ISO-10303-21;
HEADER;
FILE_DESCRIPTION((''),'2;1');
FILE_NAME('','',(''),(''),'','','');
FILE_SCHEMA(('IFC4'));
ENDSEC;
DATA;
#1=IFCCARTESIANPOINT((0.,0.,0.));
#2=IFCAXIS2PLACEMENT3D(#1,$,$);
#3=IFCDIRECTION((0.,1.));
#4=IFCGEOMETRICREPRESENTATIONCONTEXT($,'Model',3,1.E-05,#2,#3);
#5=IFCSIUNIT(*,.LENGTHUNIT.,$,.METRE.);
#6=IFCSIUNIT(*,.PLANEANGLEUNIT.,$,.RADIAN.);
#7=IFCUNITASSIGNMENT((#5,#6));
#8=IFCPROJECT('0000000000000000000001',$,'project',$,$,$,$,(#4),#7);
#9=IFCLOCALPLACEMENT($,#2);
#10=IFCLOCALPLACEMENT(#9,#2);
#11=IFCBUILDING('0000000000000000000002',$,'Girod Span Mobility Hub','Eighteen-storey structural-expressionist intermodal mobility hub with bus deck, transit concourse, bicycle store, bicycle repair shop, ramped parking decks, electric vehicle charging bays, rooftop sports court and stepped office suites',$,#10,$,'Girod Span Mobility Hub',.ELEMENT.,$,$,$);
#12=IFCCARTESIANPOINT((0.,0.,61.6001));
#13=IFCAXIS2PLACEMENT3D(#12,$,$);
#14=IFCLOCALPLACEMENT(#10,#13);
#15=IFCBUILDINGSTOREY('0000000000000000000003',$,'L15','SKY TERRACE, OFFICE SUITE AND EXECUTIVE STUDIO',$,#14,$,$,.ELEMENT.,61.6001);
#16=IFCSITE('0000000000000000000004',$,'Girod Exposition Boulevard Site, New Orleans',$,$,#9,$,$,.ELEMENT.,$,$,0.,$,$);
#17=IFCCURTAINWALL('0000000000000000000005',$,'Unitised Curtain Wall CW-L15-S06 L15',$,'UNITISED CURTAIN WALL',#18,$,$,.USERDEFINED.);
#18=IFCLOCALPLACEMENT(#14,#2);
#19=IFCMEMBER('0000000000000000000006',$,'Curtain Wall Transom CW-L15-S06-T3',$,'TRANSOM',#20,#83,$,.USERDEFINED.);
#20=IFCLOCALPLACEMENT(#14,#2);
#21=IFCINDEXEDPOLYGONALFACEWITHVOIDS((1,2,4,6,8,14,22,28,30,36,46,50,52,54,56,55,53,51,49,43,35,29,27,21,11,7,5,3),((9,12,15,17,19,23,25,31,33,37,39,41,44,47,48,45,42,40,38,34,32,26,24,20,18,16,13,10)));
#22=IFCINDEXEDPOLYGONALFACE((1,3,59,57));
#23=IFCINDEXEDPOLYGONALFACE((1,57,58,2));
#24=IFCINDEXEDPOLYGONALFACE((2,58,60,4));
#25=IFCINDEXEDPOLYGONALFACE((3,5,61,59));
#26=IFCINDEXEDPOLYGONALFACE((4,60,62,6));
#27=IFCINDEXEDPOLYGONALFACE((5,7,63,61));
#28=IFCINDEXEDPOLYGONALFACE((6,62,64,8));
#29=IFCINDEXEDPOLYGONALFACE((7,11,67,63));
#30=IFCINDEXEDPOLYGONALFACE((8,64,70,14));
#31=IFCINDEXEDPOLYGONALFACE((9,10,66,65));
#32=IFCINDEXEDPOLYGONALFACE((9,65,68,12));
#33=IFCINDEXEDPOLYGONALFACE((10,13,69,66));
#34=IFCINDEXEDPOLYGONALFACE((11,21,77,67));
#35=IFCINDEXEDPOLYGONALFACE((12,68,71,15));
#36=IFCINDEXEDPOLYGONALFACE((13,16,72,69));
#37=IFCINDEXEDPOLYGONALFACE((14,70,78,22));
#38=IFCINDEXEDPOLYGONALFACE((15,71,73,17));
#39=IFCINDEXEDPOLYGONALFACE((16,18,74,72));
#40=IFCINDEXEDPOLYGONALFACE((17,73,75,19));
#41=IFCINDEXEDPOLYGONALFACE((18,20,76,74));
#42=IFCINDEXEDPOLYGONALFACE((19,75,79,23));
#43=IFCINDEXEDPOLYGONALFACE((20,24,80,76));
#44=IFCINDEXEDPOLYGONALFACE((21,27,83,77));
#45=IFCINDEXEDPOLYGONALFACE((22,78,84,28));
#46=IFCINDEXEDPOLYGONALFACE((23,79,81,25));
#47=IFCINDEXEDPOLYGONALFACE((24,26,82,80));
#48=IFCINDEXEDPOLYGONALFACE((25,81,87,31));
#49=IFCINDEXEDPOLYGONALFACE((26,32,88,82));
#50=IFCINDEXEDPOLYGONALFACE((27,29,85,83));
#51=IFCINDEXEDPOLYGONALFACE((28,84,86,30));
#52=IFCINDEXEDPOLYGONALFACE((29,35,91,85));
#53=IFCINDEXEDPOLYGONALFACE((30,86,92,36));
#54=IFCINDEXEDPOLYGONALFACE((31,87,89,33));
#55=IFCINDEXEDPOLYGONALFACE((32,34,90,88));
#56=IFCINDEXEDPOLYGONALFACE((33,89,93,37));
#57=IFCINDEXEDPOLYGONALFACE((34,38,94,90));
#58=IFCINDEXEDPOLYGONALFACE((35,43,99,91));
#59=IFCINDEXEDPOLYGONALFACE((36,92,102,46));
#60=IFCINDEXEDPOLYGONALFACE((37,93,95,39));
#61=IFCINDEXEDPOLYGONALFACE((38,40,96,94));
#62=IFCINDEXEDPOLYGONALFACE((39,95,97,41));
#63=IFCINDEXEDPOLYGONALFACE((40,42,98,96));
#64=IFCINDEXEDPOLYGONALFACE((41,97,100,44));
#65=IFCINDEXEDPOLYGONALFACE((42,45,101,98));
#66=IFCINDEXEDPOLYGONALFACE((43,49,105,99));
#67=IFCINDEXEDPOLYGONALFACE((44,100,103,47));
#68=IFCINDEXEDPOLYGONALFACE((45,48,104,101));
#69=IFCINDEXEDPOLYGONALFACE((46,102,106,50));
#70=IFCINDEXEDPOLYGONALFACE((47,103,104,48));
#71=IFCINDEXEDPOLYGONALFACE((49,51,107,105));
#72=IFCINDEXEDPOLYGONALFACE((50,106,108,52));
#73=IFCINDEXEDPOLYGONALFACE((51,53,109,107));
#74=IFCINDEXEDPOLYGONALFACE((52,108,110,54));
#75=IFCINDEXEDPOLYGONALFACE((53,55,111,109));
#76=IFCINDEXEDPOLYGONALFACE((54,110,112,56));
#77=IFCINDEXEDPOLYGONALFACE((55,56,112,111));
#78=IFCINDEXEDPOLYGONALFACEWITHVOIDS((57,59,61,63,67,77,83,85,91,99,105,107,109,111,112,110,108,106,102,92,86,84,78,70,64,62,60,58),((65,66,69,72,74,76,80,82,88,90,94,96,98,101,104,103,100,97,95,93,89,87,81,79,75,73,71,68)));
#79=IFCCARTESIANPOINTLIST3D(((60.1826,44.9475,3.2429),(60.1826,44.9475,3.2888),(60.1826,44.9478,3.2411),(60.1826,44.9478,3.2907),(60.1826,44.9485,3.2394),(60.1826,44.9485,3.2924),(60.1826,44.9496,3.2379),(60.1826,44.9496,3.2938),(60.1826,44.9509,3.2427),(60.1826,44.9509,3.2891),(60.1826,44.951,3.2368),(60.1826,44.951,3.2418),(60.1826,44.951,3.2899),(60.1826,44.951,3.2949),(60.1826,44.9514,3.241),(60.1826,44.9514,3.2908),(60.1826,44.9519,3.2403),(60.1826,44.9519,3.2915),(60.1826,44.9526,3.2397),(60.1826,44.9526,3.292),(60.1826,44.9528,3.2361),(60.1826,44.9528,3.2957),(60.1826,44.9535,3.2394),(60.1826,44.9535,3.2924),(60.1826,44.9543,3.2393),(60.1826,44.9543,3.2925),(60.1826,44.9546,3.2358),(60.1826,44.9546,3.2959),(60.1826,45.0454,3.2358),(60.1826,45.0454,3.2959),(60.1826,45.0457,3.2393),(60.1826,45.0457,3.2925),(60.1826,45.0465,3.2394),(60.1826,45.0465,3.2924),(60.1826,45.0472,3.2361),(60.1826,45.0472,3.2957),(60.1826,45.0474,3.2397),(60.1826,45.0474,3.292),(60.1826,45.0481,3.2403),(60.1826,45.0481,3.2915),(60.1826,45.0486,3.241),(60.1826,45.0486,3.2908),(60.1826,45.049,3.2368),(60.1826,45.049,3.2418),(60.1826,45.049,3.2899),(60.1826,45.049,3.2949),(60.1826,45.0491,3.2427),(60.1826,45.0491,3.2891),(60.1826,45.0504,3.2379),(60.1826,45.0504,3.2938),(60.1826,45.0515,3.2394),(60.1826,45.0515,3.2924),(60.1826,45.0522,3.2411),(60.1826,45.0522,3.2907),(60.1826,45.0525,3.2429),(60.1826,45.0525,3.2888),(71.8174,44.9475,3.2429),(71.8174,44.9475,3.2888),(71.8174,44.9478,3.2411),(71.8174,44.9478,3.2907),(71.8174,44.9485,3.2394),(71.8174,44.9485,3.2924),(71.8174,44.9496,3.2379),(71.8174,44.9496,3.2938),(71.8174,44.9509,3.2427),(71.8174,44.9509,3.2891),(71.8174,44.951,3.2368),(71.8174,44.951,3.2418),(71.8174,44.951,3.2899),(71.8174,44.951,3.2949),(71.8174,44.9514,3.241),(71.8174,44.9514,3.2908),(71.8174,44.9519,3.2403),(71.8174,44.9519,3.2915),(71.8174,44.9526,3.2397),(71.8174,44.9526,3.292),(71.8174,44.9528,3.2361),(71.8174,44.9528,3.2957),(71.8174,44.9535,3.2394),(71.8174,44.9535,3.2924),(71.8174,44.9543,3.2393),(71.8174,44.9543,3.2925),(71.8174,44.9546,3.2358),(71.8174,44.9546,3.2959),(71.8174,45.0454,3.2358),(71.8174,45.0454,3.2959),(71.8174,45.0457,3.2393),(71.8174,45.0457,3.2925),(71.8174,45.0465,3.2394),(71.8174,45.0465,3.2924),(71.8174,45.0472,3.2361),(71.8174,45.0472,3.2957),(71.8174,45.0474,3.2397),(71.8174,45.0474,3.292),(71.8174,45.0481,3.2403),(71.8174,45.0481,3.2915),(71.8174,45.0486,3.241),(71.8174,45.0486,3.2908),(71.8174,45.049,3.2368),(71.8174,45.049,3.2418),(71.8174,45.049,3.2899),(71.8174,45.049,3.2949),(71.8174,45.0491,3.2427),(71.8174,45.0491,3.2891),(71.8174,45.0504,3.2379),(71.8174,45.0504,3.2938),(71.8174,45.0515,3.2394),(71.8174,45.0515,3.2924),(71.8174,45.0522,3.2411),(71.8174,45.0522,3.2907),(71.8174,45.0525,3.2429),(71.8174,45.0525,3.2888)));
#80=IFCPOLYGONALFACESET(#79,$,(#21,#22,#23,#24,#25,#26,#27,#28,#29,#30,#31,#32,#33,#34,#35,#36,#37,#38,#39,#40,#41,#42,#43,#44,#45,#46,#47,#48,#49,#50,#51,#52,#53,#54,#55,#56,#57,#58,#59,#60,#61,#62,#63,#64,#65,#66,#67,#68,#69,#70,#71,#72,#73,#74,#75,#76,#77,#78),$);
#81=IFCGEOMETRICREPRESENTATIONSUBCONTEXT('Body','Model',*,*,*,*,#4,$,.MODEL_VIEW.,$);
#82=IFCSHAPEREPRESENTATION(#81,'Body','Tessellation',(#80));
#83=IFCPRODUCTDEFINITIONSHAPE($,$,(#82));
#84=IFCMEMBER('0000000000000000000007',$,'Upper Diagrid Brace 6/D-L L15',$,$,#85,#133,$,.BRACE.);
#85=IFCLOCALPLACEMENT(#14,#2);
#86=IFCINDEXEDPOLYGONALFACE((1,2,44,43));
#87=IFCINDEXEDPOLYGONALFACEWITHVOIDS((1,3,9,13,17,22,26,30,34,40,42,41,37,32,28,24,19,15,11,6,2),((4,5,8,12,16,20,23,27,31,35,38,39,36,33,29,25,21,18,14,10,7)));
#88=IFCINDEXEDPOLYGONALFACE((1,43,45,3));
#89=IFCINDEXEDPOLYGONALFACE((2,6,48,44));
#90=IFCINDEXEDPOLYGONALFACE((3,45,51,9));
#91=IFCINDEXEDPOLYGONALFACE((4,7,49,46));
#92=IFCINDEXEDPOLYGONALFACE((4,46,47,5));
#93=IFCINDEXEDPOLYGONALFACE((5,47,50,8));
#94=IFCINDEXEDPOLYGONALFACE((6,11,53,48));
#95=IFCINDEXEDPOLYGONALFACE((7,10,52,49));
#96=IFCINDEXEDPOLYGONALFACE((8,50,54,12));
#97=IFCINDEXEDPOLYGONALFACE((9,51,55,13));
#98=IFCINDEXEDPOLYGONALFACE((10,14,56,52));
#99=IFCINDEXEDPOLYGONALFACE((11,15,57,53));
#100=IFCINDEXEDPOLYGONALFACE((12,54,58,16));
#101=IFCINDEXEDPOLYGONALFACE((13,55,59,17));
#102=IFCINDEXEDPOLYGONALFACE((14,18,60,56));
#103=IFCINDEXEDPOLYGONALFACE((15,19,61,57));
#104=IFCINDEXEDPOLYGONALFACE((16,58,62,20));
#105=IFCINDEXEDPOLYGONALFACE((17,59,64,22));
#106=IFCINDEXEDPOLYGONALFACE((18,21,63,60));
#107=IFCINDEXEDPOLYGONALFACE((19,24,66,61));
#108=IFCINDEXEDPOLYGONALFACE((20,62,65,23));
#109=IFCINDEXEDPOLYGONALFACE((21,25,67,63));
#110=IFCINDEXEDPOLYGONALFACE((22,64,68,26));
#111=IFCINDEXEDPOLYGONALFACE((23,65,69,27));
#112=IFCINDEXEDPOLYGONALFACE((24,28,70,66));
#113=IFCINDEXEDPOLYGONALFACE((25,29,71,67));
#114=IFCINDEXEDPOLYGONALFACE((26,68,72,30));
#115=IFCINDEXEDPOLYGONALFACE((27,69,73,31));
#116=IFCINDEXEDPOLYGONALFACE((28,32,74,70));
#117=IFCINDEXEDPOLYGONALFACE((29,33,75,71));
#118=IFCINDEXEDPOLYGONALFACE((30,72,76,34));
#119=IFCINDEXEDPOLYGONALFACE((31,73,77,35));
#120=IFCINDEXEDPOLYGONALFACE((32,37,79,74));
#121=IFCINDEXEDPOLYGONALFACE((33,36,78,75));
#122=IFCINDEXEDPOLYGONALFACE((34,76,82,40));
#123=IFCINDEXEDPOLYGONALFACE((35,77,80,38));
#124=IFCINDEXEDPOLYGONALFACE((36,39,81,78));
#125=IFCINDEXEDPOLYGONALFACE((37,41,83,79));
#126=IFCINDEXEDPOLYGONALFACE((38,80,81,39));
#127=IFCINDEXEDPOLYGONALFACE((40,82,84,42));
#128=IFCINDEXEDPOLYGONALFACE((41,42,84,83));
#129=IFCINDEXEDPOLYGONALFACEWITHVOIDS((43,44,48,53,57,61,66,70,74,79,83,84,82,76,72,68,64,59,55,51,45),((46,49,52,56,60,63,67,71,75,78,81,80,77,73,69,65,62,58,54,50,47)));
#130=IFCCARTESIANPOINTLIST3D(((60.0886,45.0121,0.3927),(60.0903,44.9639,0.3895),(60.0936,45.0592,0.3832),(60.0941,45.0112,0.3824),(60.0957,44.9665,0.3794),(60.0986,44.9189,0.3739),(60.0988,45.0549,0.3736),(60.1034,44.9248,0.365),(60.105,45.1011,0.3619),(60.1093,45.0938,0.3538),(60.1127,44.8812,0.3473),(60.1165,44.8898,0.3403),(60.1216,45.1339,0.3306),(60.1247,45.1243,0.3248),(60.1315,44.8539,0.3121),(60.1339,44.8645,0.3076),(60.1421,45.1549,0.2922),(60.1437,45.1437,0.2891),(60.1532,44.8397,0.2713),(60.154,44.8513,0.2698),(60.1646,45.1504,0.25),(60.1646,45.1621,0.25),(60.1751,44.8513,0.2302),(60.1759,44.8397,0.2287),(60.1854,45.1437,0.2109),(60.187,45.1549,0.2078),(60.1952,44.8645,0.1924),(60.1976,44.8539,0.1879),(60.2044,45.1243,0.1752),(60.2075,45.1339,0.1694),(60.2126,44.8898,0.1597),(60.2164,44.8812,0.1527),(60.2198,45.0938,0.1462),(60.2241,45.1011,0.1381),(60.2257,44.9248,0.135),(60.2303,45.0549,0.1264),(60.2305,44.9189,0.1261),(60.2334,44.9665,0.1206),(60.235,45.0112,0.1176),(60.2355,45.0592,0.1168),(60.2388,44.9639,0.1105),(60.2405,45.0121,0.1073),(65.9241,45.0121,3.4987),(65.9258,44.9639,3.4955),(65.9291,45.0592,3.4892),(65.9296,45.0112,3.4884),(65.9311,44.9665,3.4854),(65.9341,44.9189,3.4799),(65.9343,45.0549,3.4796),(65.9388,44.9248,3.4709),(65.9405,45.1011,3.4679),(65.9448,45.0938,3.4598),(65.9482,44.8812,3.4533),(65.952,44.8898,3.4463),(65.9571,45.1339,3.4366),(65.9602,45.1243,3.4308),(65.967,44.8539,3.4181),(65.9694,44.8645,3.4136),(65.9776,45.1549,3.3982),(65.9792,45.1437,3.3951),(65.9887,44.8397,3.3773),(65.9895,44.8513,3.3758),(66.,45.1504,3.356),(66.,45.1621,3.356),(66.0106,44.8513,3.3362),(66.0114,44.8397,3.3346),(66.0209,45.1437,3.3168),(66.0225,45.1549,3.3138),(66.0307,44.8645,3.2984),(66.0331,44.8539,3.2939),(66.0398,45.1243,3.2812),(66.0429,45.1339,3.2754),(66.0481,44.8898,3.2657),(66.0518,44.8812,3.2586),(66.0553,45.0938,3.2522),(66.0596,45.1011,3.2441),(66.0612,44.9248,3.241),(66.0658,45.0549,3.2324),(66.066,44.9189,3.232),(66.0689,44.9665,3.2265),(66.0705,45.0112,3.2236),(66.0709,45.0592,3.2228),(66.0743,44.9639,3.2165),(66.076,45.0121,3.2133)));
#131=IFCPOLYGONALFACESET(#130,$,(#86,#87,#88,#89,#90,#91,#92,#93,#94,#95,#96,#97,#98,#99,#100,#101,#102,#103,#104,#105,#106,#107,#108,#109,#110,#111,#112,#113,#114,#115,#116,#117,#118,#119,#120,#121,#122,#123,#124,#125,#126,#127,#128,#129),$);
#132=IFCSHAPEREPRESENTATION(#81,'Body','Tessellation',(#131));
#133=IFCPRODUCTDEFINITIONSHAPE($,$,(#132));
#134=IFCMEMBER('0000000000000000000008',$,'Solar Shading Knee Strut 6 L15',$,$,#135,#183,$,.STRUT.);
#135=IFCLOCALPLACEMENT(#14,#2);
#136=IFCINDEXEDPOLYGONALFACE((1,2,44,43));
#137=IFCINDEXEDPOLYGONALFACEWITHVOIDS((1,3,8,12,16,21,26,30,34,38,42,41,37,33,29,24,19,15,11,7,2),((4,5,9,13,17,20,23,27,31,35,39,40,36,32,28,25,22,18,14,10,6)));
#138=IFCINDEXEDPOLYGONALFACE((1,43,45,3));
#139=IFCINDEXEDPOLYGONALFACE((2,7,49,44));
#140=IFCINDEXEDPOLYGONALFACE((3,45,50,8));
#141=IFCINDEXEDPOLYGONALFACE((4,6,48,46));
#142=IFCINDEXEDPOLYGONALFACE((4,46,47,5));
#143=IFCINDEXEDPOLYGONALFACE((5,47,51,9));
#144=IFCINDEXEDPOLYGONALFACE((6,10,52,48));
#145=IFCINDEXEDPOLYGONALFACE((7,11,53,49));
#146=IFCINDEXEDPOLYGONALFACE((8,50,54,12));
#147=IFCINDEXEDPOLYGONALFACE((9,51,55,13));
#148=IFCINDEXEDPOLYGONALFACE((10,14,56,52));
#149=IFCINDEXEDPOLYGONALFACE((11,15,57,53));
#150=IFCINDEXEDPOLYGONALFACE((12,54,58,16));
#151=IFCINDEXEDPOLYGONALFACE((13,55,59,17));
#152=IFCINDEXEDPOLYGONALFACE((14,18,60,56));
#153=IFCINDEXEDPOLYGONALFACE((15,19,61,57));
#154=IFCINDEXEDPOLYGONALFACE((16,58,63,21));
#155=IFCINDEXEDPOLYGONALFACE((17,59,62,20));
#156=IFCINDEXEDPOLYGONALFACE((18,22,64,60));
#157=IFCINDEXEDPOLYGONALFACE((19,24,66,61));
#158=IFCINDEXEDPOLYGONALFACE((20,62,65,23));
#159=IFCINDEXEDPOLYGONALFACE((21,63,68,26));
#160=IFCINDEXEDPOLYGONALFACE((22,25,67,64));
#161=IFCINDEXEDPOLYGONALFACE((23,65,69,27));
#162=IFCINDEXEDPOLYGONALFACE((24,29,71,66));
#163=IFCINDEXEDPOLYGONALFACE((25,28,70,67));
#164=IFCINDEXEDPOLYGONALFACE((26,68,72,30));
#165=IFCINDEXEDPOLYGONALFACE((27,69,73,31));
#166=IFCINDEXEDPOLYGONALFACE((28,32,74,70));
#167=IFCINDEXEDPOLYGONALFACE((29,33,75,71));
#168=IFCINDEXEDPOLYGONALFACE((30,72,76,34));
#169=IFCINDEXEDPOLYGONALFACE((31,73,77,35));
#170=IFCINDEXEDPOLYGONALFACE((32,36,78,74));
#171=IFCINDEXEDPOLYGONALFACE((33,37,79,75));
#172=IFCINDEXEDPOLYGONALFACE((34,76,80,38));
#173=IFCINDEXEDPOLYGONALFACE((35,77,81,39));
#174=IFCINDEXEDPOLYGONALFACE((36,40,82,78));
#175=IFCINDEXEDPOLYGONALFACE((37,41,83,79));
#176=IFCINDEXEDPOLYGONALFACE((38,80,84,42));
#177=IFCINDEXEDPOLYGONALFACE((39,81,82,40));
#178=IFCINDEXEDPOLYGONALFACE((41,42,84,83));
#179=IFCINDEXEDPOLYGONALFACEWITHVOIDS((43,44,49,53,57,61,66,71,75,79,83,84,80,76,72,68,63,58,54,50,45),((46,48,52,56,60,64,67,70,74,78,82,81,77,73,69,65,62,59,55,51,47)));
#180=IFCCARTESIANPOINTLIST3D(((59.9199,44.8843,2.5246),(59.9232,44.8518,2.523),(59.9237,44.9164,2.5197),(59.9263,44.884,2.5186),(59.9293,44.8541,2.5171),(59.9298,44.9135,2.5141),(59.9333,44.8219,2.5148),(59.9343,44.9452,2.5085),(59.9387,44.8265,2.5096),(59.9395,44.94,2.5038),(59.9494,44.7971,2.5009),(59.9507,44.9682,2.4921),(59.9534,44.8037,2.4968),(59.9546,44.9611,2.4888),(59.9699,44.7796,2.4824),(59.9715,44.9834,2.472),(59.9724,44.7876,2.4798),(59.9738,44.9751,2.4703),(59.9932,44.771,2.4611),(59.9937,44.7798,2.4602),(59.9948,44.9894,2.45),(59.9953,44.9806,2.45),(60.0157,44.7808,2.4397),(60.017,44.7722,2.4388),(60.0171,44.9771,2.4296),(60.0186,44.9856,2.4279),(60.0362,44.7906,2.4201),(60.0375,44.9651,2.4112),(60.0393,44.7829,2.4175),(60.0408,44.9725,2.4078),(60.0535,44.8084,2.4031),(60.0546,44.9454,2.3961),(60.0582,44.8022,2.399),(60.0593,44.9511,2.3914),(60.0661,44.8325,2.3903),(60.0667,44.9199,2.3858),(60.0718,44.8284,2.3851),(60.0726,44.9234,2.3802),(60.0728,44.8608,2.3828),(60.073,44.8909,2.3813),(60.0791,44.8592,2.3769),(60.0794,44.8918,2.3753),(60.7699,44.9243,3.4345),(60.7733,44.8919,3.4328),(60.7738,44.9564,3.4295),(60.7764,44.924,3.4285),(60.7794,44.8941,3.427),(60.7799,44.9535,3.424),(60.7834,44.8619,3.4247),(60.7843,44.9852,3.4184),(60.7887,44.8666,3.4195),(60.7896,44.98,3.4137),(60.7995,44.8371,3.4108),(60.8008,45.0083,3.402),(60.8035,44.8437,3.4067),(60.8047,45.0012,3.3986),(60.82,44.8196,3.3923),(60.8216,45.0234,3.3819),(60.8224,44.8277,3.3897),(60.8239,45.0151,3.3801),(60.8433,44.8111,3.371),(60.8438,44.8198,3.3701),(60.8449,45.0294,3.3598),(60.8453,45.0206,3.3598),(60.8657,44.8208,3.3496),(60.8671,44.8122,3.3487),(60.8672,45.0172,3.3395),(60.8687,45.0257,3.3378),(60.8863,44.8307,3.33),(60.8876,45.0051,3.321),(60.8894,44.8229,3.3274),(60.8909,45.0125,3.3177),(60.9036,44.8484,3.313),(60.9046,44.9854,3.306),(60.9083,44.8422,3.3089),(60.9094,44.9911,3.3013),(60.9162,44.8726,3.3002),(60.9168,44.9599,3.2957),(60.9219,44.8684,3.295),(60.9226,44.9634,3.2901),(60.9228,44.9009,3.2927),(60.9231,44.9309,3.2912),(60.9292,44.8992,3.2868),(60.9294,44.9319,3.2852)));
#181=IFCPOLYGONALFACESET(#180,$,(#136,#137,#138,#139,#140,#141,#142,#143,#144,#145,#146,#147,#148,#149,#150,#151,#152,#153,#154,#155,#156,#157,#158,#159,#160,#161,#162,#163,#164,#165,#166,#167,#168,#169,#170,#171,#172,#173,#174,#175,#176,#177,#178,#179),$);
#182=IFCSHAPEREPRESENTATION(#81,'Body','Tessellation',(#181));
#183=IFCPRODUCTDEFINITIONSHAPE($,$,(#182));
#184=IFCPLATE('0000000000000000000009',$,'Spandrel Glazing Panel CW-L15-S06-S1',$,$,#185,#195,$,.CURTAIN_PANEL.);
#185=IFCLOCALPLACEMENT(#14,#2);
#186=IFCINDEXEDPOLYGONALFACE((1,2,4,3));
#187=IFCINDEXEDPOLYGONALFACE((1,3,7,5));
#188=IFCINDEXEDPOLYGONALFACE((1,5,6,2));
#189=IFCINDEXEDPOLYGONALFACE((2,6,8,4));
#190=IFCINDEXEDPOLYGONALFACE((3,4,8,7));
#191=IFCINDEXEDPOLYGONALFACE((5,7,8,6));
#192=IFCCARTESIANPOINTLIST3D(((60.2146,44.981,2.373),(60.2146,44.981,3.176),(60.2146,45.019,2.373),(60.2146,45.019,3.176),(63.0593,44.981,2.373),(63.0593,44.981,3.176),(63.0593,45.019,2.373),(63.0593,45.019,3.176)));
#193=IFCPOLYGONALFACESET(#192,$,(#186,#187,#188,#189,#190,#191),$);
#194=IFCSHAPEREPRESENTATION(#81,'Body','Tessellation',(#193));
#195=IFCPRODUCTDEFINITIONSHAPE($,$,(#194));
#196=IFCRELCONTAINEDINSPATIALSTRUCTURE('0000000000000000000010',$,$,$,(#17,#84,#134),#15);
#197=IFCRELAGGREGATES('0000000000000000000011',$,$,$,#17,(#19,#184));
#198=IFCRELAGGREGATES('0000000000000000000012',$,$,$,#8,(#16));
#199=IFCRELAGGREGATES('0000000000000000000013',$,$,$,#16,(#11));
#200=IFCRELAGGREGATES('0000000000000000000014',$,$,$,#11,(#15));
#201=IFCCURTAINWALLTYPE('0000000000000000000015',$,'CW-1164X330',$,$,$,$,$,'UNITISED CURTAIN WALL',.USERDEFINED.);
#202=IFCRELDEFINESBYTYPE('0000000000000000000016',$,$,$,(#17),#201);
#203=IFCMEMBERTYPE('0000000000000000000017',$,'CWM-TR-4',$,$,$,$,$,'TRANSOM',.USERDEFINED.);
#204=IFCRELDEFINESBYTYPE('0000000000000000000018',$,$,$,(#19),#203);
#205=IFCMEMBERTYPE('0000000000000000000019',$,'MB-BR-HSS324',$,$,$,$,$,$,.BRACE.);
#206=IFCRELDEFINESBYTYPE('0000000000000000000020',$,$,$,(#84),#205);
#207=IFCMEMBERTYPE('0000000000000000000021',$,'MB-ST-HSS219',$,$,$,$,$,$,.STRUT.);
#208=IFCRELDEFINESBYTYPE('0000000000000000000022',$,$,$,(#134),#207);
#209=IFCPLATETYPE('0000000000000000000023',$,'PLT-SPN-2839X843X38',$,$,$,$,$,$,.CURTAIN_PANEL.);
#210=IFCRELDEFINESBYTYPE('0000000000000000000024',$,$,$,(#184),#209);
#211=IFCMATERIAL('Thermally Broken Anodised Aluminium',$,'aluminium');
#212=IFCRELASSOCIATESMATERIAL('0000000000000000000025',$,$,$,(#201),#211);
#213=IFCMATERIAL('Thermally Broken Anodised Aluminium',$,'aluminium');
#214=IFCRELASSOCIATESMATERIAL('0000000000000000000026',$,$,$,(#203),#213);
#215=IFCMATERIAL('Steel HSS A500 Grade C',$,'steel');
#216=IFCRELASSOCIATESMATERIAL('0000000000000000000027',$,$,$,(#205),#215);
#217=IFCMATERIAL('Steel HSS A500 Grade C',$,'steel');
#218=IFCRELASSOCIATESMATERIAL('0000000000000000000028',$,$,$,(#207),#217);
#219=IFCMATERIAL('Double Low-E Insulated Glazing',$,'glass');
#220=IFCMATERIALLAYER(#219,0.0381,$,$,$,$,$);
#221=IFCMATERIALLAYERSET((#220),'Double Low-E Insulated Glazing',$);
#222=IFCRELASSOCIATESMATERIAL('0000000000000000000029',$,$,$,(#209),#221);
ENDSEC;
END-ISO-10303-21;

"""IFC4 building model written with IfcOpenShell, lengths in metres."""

from ifc_helpers import new_model, si_unit, direction, frame, origin, origin_2d, place, context, subcontext, project, spatial, rectangle, hollow_rectangle, hollow_circle, extrude, material, layer, layer_set, material_profile, profile_set, type_object, element, aggregate, save


model = new_model("IFC4")

# Units and contexts
model_context = context("Model", 3, precision=1e-05, world=origin(), true_north=direction((0.0, 1.0)))
body_context = subcontext(model_context, "Body", "Model", "MODEL_VIEW")
ifc_project = project(units=[si_unit("LENGTHUNIT", "METRE"), si_unit("PLANEANGLEUNIT", "RADIAN")], contexts=[model_context])

# Site, building, storey
site_placement = place(None, origin())
site = spatial("IfcSite", under=ifc_project, at=site_placement, Name="Girod Exposition Boulevard Site, New Orleans", CompositionType="ELEMENT", RefElevation=0.0)
building_placement = place(site_placement, origin())
building = spatial("IfcBuilding", under=site, at=building_placement, Name="Girod Span Mobility Hub", Description="Eighteen-storey structural-expressionist intermodal mobility hub with bus deck, transit concourse, bicycle store, bicycle repair shop, ramped parking decks, electric vehicle charging bays, rooftop sports court and stepped office suites", LongName="Girod Span Mobility Hub", CompositionType="ELEMENT")
storey_placement = place(building_placement, frame((0.0, 0.0, 61.6001)))
storey = spatial("IfcBuildingStorey", under=building, at=storey_placement, Name="L15", Description="SKY TERRACE, OFFICE SUITE AND EXECUTIVE STUDIO", CompositionType="ELEMENT", Elevation=61.6001)

# Curtain wall, member
ifc_material_1 = material(Name="Thermally Broken Anodised Aluminium", Category="aluminium")
curtain_wall_type = type_object("IfcCurtainWallType", Name="CW-1164X330", ElementType="UNITISED CURTAIN WALL", PredefinedType="USERDEFINED", material=ifc_material_1)
curtain_wall_placement = place(storey_placement, origin())
curtain_wall = element("IfcCurtainWall", 1, at=curtain_wall_placement, inside=storey, type_object=curtain_wall_type, Name="Unitised Curtain Wall CW-L15-S06 L15", ObjectType="UNITISED CURTAIN WALL", PredefinedType="USERDEFINED")
ifc_material_2 = material(Name="Thermally Broken Anodised Aluminium", Category="aluminium")
ifc_material_profile_1 = material_profile(ifc_material_2, hollow_rectangle(XDim=0.105, YDim=0.0601, WallThickness=0.0034, InnerFilletRadius=0.0034, OuterFilletRadius=0.0071, at=origin_2d()), Name="CW-TR-60X105")
ifc_profile_set_1 = profile_set([ifc_material_profile_1], Name="Thermally Broken Anodised Aluminium")
member_type_1 = type_object("IfcMemberType", Name="CWM-TR-4", ElementType="TRANSOM", PredefinedType="USERDEFINED", material=ifc_profile_set_1)
member_1_placement = place(storey_placement, frame((60.1826, 45.0, 3.2659), z_axis=(1.0, 0.0, 0.0), x_axis=(0.0, 1.0, 0.0)))
member_1 = element("IfcMember", 2, at=member_1_placement, type_object=member_type_1, Name="Curtain Wall Transom CW-L15-S06-T3", ObjectType="TRANSOM", PredefinedType="USERDEFINED", context=body_context, shape_type="SweptSolid", body=[
    extrude(hollow_rectangle(XDim=0.105, YDim=0.0601, WallThickness=0.0034, InnerFilletRadius=0.0034, OuterFilletRadius=0.0071, at=origin_2d()), origin(), (0.0, 0.0, 1.0), 11.6348),
])

# Members
ifc_material_3 = material(Name="Steel HSS A500 Grade C", Category="steel")
ifc_material_profile_2 = material_profile(ifc_material_3, hollow_circle(Radius=0.1621, WallThickness=0.0117, at=origin_2d()), Name="HSS324X12.7")
ifc_profile_set_2 = profile_set([ifc_material_profile_2], Name="Steel HSS A500 Grade C")
member_type_2 = type_object("IfcMemberType", Name="MB-BR-HSS324", PredefinedType="BRACE", material=ifc_profile_set_2)
member_2_placement = place(storey_placement, frame((60.1646, 45.0, 0.25), z_axis=(0.882747, 0.0, 0.469848), x_axis=(0.0, 1.0, 0.0)))
element("IfcMember", 3, at=member_2_placement, inside=storey, type_object=member_type_2, Name="Upper Diagrid Brace 6/D-L L15", PredefinedType="BRACE", context=body_context, shape_type="SweptSolid", body=[
    extrude(hollow_circle(Radius=0.1621, WallThickness=0.0117, at=origin_2d()), origin(), (0.0, 0.0, 1.0), 6.6106),
])
ifc_material_4 = material(Name="Steel HSS A500 Grade C", Category="steel")
ifc_material_profile_3 = material_profile(ifc_material_4, hollow_circle(Radius=0.1096, WallThickness=0.0088, at=origin_2d()), Name="HSS219X9.5")
ifc_profile_set_3 = profile_set([ifc_material_profile_3], Name="Steel HSS A500 Grade C")
member_type_3 = type_object("IfcMemberType", Name="MB-ST-HSS219", PredefinedType="STRUT", material=ifc_profile_set_3)
member_3_placement = place(storey_placement, frame((60.0, 44.8799, 2.45), z_axis=(0.682329, 0.032137, 0.730339), x_axis=(-0.047047, 0.998893, 0.0)))
element("IfcMember", 4, at=member_3_placement, inside=storey, type_object=member_type_3, Name="Solar Shading Knee Strut 6 L15", PredefinedType="STRUT", context=body_context, shape_type="SweptSolid", body=[
    extrude(hollow_circle(Radius=0.1096, WallThickness=0.0088, at=origin_2d()), origin(), (0.0, 0.0, 1.0), 1.2458),
])

# Plate
ifc_material_5 = material(Name="Double Low-E Insulated Glazing", Category="glass")
ifc_layer_1 = layer(ifc_material_5, 0.0381)
ifc_layer_set_1 = layer_set([ifc_layer_1], Name="Double Low-E Insulated Glazing")
plate_type_1 = type_object("IfcPlateType", Name="PLT-SPN-2839X843X38", PredefinedType="CURTAIN_PANEL", material=ifc_layer_set_1)
plate_1_placement = place(storey_placement, frame((61.637, 45.0, 2.373), z_axis=(0.0, 0.0, 1.0), x_axis=(1.0, 0.0, 0.0)))
plate_1 = element("IfcPlate", 5, at=plate_1_placement, type_object=plate_type_1, Name="Spandrel Glazing Panel CW-L15-S06-S1", PredefinedType="CURTAIN_PANEL", context=body_context, shape_type="SweptSolid", body=[
    extrude(rectangle(XDim=2.8447, YDim=0.0381, at=origin_2d()), origin(), (0.0, 0.0, 1.0), 0.803),
])
aggregate(curtain_wall, [member_1, plate_1])

save(model, "model.ifc")
